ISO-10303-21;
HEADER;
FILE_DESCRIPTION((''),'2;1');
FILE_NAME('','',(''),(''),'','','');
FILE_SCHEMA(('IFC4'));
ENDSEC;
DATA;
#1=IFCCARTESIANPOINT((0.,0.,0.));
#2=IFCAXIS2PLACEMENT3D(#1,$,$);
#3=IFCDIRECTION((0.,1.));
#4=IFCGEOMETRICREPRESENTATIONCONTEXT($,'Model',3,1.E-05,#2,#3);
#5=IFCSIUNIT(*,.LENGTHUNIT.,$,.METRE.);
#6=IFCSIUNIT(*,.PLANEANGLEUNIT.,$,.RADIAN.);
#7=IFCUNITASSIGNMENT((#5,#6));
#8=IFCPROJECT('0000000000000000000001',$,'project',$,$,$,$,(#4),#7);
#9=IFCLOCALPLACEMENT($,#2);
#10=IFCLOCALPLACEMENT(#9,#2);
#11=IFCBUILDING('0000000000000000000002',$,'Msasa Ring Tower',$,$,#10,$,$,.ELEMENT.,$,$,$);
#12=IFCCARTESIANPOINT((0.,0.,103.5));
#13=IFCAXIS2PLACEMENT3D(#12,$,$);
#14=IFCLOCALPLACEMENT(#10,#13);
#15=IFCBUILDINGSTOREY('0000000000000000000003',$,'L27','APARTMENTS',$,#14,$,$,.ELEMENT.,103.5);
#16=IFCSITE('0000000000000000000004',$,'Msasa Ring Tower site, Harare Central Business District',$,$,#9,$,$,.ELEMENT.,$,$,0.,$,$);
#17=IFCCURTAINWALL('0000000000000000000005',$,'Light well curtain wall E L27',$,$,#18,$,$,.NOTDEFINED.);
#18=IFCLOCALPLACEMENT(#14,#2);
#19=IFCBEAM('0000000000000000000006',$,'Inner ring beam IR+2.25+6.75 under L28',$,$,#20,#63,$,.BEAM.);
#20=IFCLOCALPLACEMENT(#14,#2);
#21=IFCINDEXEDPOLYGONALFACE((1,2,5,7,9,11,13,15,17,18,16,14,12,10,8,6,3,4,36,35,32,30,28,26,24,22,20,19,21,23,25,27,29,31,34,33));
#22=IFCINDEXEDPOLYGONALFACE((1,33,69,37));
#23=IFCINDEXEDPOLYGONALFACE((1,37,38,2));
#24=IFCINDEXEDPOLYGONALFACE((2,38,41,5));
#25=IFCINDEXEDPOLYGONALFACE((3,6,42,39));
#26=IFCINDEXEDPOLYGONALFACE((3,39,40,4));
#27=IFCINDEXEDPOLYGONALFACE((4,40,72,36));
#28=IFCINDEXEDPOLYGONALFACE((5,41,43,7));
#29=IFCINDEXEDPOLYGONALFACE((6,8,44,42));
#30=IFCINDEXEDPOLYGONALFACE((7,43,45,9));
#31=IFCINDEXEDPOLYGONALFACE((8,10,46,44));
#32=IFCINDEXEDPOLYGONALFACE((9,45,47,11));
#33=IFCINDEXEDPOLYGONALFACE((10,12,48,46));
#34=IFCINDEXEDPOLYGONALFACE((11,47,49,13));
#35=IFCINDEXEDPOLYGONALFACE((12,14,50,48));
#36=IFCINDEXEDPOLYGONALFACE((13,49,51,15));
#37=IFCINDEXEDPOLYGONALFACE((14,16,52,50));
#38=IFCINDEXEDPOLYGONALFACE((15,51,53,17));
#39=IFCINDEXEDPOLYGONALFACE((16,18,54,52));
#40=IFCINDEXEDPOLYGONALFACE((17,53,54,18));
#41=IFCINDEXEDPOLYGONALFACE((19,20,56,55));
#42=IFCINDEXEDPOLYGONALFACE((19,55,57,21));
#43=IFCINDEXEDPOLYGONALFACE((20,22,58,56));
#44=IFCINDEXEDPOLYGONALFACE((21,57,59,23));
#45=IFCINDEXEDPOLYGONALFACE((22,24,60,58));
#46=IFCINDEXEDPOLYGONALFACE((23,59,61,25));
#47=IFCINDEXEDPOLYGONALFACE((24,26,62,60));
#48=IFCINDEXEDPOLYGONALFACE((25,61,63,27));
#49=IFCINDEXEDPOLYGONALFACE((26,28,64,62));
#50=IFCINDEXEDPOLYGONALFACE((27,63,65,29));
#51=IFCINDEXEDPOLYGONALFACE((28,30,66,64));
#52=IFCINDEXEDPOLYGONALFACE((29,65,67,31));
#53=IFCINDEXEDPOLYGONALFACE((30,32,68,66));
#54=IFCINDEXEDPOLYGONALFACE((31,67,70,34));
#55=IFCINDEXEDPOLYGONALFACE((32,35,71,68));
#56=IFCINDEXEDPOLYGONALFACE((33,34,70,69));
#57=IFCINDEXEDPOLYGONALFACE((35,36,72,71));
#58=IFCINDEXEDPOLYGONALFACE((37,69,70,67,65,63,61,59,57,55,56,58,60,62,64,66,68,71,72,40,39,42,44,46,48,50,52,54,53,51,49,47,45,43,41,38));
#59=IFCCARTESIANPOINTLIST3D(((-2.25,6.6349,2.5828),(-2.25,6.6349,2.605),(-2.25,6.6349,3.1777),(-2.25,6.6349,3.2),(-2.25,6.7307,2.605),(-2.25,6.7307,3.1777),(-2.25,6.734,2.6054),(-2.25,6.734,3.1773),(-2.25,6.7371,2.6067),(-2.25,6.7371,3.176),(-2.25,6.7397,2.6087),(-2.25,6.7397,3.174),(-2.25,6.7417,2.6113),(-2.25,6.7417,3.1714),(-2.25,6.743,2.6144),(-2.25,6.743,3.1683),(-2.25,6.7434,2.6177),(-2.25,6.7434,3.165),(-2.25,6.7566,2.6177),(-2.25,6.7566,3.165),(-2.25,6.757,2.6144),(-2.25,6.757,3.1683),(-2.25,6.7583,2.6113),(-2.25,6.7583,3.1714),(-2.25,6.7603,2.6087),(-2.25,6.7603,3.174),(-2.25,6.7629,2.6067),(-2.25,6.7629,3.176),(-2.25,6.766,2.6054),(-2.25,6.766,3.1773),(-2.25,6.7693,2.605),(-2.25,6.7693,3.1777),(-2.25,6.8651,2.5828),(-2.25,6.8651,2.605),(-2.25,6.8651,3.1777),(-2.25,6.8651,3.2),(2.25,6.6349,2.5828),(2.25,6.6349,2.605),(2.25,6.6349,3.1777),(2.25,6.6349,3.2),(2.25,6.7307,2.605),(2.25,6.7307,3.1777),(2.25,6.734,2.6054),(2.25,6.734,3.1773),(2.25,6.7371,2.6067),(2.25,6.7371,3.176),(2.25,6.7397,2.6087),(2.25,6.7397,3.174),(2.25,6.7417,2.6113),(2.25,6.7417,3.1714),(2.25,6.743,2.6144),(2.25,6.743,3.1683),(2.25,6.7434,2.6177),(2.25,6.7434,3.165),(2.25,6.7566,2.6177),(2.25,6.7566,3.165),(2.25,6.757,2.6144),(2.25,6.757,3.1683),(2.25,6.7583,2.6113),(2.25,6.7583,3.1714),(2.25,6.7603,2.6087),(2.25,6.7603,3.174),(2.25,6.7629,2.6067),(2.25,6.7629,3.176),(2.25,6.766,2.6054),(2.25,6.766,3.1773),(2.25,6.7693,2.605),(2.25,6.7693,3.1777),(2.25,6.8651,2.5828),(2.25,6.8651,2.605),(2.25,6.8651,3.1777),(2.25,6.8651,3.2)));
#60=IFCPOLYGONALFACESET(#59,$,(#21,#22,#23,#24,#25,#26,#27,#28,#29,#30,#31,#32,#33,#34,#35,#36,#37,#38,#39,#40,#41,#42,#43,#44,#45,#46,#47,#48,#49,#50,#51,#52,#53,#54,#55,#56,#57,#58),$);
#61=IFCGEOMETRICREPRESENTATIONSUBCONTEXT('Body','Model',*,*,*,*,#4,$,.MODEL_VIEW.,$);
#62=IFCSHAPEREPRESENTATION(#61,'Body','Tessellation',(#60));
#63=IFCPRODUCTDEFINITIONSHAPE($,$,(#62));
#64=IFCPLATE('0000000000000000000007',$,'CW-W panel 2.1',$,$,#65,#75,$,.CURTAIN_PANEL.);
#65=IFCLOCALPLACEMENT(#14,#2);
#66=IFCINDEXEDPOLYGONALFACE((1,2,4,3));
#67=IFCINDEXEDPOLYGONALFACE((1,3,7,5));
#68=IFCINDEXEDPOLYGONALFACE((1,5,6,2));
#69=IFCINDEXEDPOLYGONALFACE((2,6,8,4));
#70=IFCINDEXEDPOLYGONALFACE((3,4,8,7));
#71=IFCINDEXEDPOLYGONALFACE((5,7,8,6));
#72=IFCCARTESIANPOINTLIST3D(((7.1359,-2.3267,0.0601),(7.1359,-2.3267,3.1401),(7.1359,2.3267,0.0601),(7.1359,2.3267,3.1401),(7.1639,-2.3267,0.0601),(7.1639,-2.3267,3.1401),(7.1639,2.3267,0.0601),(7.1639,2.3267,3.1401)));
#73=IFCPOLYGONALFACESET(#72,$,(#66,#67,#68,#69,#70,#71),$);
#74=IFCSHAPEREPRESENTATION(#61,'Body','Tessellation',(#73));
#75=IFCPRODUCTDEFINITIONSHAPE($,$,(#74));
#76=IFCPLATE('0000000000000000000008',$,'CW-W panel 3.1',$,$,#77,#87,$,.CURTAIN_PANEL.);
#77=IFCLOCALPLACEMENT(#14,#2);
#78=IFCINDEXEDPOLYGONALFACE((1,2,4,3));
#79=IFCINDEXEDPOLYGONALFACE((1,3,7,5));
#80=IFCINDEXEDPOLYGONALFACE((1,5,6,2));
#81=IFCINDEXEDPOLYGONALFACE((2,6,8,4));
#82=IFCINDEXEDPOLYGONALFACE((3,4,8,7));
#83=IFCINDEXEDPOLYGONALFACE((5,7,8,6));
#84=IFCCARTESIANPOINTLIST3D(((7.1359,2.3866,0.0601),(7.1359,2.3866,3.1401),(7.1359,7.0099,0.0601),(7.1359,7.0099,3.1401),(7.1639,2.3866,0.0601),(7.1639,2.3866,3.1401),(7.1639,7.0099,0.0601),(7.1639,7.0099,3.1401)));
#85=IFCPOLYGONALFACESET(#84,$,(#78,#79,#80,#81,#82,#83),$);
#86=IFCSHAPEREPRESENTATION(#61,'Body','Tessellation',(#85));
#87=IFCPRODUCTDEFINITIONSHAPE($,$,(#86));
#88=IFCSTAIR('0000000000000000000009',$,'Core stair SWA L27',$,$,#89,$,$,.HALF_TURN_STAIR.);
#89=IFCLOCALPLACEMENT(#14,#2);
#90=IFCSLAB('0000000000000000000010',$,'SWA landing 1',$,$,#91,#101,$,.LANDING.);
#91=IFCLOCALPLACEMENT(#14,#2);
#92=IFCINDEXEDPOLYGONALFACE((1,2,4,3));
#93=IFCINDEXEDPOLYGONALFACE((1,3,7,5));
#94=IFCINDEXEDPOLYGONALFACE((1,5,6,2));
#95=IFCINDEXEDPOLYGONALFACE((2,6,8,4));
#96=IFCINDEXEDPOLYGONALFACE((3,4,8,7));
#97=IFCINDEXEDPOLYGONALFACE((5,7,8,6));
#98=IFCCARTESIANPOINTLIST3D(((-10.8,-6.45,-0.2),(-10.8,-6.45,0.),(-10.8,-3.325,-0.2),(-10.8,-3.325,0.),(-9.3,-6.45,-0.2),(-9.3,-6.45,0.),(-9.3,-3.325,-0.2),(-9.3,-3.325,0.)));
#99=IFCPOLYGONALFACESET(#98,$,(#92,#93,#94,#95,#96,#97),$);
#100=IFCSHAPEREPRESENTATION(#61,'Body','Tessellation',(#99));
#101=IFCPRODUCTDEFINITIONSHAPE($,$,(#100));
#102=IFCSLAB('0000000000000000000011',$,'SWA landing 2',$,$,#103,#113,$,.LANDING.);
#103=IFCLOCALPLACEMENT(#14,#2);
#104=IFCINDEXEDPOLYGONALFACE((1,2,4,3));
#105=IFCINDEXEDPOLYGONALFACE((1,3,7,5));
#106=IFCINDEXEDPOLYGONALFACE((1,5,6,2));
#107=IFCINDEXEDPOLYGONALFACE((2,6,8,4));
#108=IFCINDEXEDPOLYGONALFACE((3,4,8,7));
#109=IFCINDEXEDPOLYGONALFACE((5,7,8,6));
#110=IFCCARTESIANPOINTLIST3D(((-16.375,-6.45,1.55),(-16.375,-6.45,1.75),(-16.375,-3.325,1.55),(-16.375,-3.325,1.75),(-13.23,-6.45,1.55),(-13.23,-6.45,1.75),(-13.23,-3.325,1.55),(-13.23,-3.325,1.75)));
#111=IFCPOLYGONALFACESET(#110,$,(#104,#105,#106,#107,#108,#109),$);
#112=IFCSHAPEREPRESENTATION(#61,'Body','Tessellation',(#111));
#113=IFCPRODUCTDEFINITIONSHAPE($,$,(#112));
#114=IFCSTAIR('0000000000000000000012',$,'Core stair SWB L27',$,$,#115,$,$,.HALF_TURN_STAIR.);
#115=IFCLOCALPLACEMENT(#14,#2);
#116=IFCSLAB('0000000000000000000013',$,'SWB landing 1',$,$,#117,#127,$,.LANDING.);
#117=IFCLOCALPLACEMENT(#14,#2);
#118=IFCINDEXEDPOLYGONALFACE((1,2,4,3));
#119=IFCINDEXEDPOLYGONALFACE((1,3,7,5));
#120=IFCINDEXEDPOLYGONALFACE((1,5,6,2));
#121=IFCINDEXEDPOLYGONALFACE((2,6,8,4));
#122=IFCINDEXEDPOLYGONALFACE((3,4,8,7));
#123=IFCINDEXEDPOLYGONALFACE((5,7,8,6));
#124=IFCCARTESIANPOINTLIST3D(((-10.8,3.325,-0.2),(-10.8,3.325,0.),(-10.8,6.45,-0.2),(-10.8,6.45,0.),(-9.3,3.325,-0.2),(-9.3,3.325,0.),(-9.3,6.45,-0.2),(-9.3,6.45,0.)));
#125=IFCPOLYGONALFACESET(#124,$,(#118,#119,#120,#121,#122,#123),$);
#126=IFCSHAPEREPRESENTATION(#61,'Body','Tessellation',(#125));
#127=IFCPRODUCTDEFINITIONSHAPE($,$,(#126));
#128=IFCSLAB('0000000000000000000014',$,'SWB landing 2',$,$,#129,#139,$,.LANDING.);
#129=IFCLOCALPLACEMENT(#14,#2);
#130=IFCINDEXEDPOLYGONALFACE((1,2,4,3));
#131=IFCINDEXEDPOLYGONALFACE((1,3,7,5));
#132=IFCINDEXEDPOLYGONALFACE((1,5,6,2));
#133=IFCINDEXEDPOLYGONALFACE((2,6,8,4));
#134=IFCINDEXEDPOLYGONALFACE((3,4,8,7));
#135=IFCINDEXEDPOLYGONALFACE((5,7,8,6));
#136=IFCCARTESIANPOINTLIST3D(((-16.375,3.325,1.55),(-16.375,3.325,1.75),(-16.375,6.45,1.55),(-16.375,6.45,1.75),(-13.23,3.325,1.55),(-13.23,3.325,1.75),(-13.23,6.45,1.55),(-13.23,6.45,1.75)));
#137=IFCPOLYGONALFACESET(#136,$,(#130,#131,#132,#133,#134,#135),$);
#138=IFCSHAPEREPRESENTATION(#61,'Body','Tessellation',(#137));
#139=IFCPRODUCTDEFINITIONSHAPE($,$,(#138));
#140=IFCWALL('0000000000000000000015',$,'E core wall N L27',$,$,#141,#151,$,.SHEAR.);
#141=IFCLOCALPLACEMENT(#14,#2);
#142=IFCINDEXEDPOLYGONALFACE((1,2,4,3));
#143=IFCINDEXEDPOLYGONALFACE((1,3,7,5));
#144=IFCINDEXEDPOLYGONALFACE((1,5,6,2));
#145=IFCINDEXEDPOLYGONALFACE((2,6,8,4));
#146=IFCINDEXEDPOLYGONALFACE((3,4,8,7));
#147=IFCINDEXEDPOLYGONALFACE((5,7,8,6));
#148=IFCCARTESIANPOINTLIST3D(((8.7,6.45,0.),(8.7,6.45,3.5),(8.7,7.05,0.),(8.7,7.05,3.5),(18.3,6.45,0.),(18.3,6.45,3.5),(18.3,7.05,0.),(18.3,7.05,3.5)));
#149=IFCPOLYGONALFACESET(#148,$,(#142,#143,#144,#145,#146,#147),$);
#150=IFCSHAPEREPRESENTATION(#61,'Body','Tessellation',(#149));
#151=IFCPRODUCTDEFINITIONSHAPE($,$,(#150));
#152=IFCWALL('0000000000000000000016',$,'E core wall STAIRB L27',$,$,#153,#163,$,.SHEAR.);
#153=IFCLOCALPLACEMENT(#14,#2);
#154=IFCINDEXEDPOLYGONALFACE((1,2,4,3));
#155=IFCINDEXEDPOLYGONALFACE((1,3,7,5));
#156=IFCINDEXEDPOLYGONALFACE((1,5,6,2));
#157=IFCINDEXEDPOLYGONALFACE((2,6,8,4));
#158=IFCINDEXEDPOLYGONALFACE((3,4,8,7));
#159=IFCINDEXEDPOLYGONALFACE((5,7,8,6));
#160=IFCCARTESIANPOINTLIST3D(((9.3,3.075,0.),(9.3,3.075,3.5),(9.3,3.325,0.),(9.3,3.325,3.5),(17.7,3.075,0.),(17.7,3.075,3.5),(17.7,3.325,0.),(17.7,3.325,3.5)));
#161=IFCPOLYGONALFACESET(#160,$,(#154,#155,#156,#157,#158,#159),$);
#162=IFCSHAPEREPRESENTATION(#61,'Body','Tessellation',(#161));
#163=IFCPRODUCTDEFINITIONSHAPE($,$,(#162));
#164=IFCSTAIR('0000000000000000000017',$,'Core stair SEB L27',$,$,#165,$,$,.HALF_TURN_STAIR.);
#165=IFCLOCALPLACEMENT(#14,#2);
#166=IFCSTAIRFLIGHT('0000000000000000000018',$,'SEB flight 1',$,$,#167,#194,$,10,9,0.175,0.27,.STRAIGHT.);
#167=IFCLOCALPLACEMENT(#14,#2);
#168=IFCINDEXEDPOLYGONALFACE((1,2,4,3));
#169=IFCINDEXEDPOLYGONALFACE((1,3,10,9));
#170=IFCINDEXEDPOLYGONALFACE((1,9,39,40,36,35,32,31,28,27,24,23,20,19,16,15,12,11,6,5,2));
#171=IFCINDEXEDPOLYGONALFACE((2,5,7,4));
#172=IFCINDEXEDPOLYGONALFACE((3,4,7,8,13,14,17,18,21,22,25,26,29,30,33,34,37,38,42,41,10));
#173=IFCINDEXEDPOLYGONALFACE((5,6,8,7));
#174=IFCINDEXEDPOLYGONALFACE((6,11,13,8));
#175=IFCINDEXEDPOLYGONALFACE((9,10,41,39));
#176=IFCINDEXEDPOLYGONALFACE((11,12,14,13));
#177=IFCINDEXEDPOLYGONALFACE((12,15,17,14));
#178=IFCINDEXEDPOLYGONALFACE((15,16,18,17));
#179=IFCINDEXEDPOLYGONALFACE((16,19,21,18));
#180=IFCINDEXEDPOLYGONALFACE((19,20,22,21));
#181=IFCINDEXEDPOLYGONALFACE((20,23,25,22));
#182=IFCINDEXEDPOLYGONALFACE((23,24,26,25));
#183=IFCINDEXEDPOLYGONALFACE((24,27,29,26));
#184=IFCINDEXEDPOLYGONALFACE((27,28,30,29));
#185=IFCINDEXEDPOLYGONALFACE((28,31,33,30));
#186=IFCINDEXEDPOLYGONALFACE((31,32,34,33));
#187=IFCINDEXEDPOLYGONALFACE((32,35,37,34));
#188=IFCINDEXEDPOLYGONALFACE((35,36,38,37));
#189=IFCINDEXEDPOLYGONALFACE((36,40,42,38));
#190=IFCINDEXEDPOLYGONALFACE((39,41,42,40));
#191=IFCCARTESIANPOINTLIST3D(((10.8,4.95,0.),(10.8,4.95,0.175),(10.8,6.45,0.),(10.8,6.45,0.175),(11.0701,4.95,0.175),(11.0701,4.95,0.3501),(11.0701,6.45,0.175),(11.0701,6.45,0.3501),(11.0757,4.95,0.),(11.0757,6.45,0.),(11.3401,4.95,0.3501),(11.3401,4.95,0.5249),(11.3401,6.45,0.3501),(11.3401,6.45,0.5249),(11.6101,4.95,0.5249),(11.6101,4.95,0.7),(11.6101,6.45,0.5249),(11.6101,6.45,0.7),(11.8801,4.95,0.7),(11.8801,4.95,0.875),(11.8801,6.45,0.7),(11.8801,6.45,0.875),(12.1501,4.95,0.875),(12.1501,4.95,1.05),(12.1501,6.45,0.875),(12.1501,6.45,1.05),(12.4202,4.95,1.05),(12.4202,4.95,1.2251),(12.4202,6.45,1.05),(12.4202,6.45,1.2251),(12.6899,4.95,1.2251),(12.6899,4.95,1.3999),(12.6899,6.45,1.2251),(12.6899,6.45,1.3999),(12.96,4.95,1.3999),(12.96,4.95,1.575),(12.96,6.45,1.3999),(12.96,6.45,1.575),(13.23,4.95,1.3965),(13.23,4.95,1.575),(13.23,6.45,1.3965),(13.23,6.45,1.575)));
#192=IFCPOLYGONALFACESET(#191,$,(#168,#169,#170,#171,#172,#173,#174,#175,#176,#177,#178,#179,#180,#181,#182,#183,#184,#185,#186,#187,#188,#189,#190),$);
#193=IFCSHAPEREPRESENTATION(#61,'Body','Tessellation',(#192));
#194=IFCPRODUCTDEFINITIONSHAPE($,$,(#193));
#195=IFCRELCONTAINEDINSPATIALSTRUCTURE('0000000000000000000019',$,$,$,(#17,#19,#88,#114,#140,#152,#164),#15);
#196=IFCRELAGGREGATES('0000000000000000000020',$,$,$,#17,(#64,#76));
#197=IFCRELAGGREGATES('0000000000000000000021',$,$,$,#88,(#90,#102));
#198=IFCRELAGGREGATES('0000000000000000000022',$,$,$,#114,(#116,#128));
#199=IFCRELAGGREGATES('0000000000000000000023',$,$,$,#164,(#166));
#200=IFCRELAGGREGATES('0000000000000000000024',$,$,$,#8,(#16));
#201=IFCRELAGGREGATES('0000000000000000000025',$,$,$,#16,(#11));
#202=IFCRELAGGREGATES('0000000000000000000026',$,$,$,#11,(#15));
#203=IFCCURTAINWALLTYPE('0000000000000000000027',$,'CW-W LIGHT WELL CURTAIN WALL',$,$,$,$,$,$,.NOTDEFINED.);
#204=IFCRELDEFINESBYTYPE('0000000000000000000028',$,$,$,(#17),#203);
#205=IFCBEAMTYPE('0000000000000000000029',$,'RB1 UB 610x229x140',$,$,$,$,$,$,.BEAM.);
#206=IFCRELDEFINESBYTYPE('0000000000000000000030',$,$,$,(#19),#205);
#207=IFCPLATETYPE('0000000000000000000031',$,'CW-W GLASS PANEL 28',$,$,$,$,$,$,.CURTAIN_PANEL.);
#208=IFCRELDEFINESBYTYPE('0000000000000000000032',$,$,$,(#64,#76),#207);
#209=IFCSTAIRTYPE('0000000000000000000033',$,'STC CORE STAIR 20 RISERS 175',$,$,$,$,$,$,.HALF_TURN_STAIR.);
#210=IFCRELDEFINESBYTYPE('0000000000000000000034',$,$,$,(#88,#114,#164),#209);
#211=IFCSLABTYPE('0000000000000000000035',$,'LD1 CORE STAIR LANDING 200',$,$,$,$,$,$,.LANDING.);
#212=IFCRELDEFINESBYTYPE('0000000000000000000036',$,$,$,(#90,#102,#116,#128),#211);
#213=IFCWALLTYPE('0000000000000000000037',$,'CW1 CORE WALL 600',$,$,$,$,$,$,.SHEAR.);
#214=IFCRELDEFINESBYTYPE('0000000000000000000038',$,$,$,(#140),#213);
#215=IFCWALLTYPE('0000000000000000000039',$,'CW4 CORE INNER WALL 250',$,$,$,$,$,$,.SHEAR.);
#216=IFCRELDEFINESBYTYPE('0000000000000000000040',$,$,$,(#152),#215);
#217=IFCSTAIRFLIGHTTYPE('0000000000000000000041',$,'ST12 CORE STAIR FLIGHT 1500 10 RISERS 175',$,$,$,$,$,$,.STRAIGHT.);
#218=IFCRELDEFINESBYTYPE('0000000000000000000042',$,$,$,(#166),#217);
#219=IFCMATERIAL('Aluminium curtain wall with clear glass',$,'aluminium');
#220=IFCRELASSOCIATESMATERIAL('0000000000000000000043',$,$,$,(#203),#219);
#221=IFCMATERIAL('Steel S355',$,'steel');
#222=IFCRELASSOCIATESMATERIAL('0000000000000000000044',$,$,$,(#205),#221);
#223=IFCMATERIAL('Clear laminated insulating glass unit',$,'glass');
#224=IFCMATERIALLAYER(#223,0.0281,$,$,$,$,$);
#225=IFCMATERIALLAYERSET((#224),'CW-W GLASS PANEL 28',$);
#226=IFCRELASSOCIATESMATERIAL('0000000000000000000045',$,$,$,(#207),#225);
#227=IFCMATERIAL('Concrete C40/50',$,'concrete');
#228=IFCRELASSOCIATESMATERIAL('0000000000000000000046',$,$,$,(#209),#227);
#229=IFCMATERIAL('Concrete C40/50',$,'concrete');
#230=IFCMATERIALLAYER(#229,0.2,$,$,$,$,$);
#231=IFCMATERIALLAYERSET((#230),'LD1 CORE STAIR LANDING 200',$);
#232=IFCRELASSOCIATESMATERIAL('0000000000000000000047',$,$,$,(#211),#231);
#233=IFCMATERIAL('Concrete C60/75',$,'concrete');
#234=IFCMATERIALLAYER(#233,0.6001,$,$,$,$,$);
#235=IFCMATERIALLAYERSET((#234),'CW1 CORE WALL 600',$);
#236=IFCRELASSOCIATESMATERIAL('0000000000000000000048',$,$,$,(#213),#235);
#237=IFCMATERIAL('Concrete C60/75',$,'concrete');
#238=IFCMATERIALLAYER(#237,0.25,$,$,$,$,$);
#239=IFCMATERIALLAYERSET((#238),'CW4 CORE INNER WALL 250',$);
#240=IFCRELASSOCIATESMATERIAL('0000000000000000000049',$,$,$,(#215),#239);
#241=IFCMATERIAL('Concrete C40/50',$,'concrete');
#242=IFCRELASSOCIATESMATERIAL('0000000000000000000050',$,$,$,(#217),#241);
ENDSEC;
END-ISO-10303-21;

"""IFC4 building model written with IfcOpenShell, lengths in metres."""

from ifc_helpers import new_model, si_unit, direction, frame, frame_2d, origin, origin_2d, place, context, subcontext, project, spatial, polyline, rectangle, i_section, outline, extrude, material, layer, layer_set, material_profile, profile_set, type_object, element, aggregate, save


model = new_model("IFC4")

# Units and contexts
model_context = context("Model", 3, precision=1e-05, world=origin(), true_north=direction((0.0, 1.0)))
body_context = subcontext(model_context, "Body", "Model", "MODEL_VIEW")
ifc_project = project(units=[si_unit("LENGTHUNIT", "METRE"), si_unit("PLANEANGLEUNIT", "RADIAN")], contexts=[model_context])

# Site, building, storey
site_placement = place(None, origin())
site = spatial("IfcSite", under=ifc_project, at=site_placement, Name="Msasa Ring Tower site, Harare Central Business District", CompositionType="ELEMENT", RefElevation=0.0)
building_placement = place(site_placement, origin())
building = spatial("IfcBuilding", under=site, at=building_placement, Name="Msasa Ring Tower", CompositionType="ELEMENT")
storey_placement = place(building_placement, frame((0.0, 0.0, 103.5)))
storey = spatial("IfcBuildingStorey", under=building, at=storey_placement, Name="L27", Description="APARTMENTS", CompositionType="ELEMENT", Elevation=103.5)

# Curtain wall
ifc_material_1 = material(Name="Aluminium curtain wall with clear glass", Category="aluminium")
curtain_wall_type = type_object("IfcCurtainWallType", Name="CW-W LIGHT WELL CURTAIN WALL", PredefinedType="NOTDEFINED", material=ifc_material_1)
curtain_wall_placement = place(storey_placement, origin())
curtain_wall = element("IfcCurtainWall", 1, at=curtain_wall_placement, inside=storey, type_object=curtain_wall_type, Name="Light well curtain wall E L27", PredefinedType="NOTDEFINED")

# Beam
ifc_material_2 = material(Name="Steel S355", Category="steel")
ifc_material_profile_1 = material_profile(ifc_material_2, i_section(OverallWidth=0.2302, OverallDepth=0.6172, WebThickness=0.0132, FlangeThickness=0.0222, FilletRadius=0.0127, at=origin_2d()), Name="UB 610x229x140")
ifc_profile_set_1 = profile_set([ifc_material_profile_1], Name="Steel S355")
beam_type = type_object("IfcBeamType", Name="RB1 UB 610x229x140", PredefinedType="BEAM", material=ifc_profile_set_1)
for number, where, z_axis, x_axis, name in (
    (2, (2.25, 6.75, 2.8914), (-1.0, 0.0, 0.0), (0.0, -1.0, 0.0), "Inner ring beam IR+2.25+6.75 under L28"),
):
    element("IfcBeam", number, at=place(storey_placement, frame(where, z_axis=z_axis, x_axis=x_axis)), inside=storey, type_object=beam_type, Name=name, PredefinedType="BEAM", context=body_context, shape_type="SweptSolid", body=[
        extrude(i_section(OverallWidth=0.2302, OverallDepth=0.6172, WebThickness=0.0132, FlangeThickness=0.0222, FilletRadius=0.0127, at=origin_2d()), origin(), (0.0, 0.0, 1.0), 4.5),
    ])

# Plates
ifc_material_3 = material(Name="Clear laminated insulating glass unit", Category="glass")
ifc_layer_1 = layer(ifc_material_3, 0.0281)
ifc_layer_set_1 = layer_set([ifc_layer_1], Name="CW-W GLASS PANEL 28")
plate_type = type_object("IfcPlateType", Name="CW-W GLASS PANEL 28", PredefinedType="CURTAIN_PANEL", material=ifc_layer_set_1)
plate_1_placement = place(storey_placement, frame((7.1499, 0.0, 0.0601), z_axis=(0.0, 0.0, 1.0), x_axis=(0.0, 1.0, 0.0)))
plate_1 = element("IfcPlate", 3, at=plate_1_placement, type_object=plate_type, Name="CW-W panel 2.1", PredefinedType="CURTAIN_PANEL", context=body_context, shape_type="SweptSolid", body=[
    extrude(rectangle(XDim=4.6533, YDim=0.0281, at=origin_2d()), origin(), (0.0, 0.0, 1.0), 3.0801),
])
plate_2_placement = place(storey_placement, frame((7.1499, 4.6982, 0.0601), z_axis=(0.0, 0.0, 1.0), x_axis=(0.0, 1.0, 0.0)))
plate_2 = element("IfcPlate", 4, at=plate_2_placement, type_object=plate_type, Name="CW-W panel 3.1", PredefinedType="CURTAIN_PANEL", context=body_context, shape_type="SweptSolid", body=[
    extrude(rectangle(XDim=4.6233, YDim=0.0281, at=origin_2d()), origin(), (0.0, 0.0, 1.0), 3.0801),
])
aggregate(curtain_wall, [plate_1, plate_2])

# Stairs, slabs
ifc_material_4 = material(Name="Concrete C40/50", Category="concrete")
stair_type = type_object("IfcStairType", Name="STC CORE STAIR 20 RISERS 175", PredefinedType="HALF_TURN_STAIR", material=ifc_material_4)
stair_1_placement = place(storey_placement, origin())
stair_1 = element("IfcStair", 5, at=stair_1_placement, inside=storey, type_object=stair_type, Name="Core stair SWA L27", PredefinedType="HALF_TURN_STAIR")
ifc_material_5 = material(Name="Concrete C40/50", Category="concrete")
ifc_layer_2 = layer(ifc_material_5, 0.2)
ifc_layer_set_2 = layer_set([ifc_layer_2], Name="LD1 CORE STAIR LANDING 200")
slab_type = type_object("IfcSlabType", Name="LD1 CORE STAIR LANDING 200", PredefinedType="LANDING", material=ifc_layer_set_2)
slab_1_placement = place(storey_placement, frame((0.0, 0.0, -0.2)))
slab_1 = element("IfcSlab", 6, at=slab_1_placement, type_object=slab_type, Name="SWA landing 1", PredefinedType="LANDING", context=body_context, shape_type="SweptSolid", body=[
    extrude(outline(polyline([(-10.8, -6.45), (-9.3, -6.45), (-9.3, -3.325), (-10.8, -3.325), (-10.8, -6.45)])), origin(), (0.0, 0.0, 1.0), 0.2),
])
slab_2_placement = place(storey_placement, frame((0.0, 0.0, 1.55)))
slab_2 = element("IfcSlab", 7, at=slab_2_placement, type_object=slab_type, Name="SWA landing 2", PredefinedType="LANDING", context=body_context, shape_type="SweptSolid", body=[
    extrude(outline(polyline([(-16.375, -6.45), (-13.23, -6.45), (-13.23, -3.325), (-16.375, -3.325), (-16.375, -6.45)])), origin(), (0.0, 0.0, 1.0), 0.2),
])
aggregate(stair_1, [slab_1, slab_2])
stair_2_placement = place(storey_placement, origin())
stair_2 = element("IfcStair", 8, at=stair_2_placement, inside=storey, type_object=stair_type, Name="Core stair SWB L27", PredefinedType="HALF_TURN_STAIR")
slab_3_placement = place(storey_placement, frame((0.0, 0.0, -0.2)))
slab_3 = element("IfcSlab", 9, at=slab_3_placement, type_object=slab_type, Name="SWB landing 1", PredefinedType="LANDING", context=body_context, shape_type="SweptSolid", body=[
    extrude(outline(polyline([(-10.8, 3.325), (-9.3, 3.325), (-9.3, 6.45), (-10.8, 6.45), (-10.8, 3.325)])), origin(), (0.0, 0.0, 1.0), 0.2),
])
slab_4_placement = place(storey_placement, frame((0.0, 0.0, 1.55)))
slab_4 = element("IfcSlab", 10, at=slab_4_placement, type_object=slab_type, Name="SWB landing 2", PredefinedType="LANDING", context=body_context, shape_type="SweptSolid", body=[
    extrude(outline(polyline([(-16.375, 3.325), (-13.23, 3.325), (-13.23, 6.45), (-16.375, 6.45), (-16.375, 3.325)])), origin(), (0.0, 0.0, 1.0), 0.2),
])
aggregate(stair_2, [slab_3, slab_4])

# Walls
ifc_material_6 = material(Name="Concrete C60/75", Category="concrete")
ifc_layer_3 = layer(ifc_material_6, 0.6001)
ifc_layer_set_3 = layer_set([ifc_layer_3], Name="CW1 CORE WALL 600")
wall_type_1 = type_object("IfcWallType", Name="CW1 CORE WALL 600", PredefinedType="SHEAR", material=ifc_layer_set_3)
wall_1_placement = place(storey_placement, frame((8.7, 6.75, 0.0), z_axis=(0.0, 0.0, 1.0), x_axis=(1.0, 0.0, 0.0)))
element("IfcWall", 11, at=wall_1_placement, inside=storey, type_object=wall_type_1, Name="E core wall N L27", PredefinedType="SHEAR", context=body_context, shape_type="SweptSolid", body=[
    extrude(rectangle(XDim=9.6001, YDim=0.6001, at=frame_2d((4.8, 0.0))), origin(), (0.0, 0.0, 1.0), 3.5),
])
ifc_material_7 = material(Name="Concrete C60/75", Category="concrete")
ifc_layer_4 = layer(ifc_material_7, 0.25)
ifc_layer_set_4 = layer_set([ifc_layer_4], Name="CW4 CORE INNER WALL 250")
wall_type_2 = type_object("IfcWallType", Name="CW4 CORE INNER WALL 250", PredefinedType="SHEAR", material=ifc_layer_set_4)
wall_2_placement = place(storey_placement, frame((9.3, 3.2, 0.0), z_axis=(0.0, 0.0, 1.0), x_axis=(1.0, 0.0, 0.0)))
element("IfcWall", 12, at=wall_2_placement, inside=storey, type_object=wall_type_2, Name="E core wall STAIRB L27", PredefinedType="SHEAR", context=body_context, shape_type="SweptSolid", body=[
    extrude(rectangle(XDim=8.3999, YDim=0.25, at=frame_2d((4.2, 0.0))), origin(), (0.0, 0.0, 1.0), 3.5),
])

# Stair, stair flight
stair_3_placement = place(storey_placement, origin())
stair_3 = element("IfcStair", 13, at=stair_3_placement, inside=storey, type_object=stair_type, Name="Core stair SEB L27", PredefinedType="HALF_TURN_STAIR")
ifc_material_8 = material(Name="Concrete C40/50", Category="concrete")
stair_flight_type = type_object("IfcStairFlightType", Name="ST12 CORE STAIR FLIGHT 1500 10 RISERS 175", PredefinedType="STRAIGHT", material=ifc_material_8)
stair_flight_placement = place(storey_placement, frame((10.8, 5.7, 0.0), z_axis=(0.0, 0.0, 1.0), x_axis=(1.0, 0.0, 0.0)))
stair_flight = element("IfcStairFlight", 14, at=stair_flight_placement, type_object=stair_flight_type, Name="SEB flight 1", NumberOfRisers=10, NumberOfTreads=9, PredefinedType="STRAIGHT", RiserHeight=0.175, TreadLength=0.27, context=body_context, shape_type="SweptSolid", body=[
    extrude(outline(polyline([(0.0, 0.0), (0.0, 0.175), (0.27, 0.175), (0.27, 0.3501), (0.54, 0.3501), (0.54, 0.5249), (0.8101, 0.5249), (0.8101, 0.7), (1.0801, 0.7), (1.0801, 0.875), (1.3501, 0.875), (1.3501, 1.05), (1.6201, 1.05), (1.6201, 1.2251), (1.8899, 1.2251), (1.8899, 1.3999), (2.1599, 1.3999), (2.1599, 1.575), (2.4299, 1.575), (2.4299, 1.75), (2.4299, 1.3965), (0.2756, 0.0), (0.0, 0.0)])), frame((0.0, 0.75, 0.0), z_axis=(0.0, -1.0, 0.0), x_axis=(1.0, 0.0, 0.0)), (0.0, 0.0, 1.0), 1.5),
])
aggregate(stair_3, [stair_flight])

save(model, "model.ifc")
